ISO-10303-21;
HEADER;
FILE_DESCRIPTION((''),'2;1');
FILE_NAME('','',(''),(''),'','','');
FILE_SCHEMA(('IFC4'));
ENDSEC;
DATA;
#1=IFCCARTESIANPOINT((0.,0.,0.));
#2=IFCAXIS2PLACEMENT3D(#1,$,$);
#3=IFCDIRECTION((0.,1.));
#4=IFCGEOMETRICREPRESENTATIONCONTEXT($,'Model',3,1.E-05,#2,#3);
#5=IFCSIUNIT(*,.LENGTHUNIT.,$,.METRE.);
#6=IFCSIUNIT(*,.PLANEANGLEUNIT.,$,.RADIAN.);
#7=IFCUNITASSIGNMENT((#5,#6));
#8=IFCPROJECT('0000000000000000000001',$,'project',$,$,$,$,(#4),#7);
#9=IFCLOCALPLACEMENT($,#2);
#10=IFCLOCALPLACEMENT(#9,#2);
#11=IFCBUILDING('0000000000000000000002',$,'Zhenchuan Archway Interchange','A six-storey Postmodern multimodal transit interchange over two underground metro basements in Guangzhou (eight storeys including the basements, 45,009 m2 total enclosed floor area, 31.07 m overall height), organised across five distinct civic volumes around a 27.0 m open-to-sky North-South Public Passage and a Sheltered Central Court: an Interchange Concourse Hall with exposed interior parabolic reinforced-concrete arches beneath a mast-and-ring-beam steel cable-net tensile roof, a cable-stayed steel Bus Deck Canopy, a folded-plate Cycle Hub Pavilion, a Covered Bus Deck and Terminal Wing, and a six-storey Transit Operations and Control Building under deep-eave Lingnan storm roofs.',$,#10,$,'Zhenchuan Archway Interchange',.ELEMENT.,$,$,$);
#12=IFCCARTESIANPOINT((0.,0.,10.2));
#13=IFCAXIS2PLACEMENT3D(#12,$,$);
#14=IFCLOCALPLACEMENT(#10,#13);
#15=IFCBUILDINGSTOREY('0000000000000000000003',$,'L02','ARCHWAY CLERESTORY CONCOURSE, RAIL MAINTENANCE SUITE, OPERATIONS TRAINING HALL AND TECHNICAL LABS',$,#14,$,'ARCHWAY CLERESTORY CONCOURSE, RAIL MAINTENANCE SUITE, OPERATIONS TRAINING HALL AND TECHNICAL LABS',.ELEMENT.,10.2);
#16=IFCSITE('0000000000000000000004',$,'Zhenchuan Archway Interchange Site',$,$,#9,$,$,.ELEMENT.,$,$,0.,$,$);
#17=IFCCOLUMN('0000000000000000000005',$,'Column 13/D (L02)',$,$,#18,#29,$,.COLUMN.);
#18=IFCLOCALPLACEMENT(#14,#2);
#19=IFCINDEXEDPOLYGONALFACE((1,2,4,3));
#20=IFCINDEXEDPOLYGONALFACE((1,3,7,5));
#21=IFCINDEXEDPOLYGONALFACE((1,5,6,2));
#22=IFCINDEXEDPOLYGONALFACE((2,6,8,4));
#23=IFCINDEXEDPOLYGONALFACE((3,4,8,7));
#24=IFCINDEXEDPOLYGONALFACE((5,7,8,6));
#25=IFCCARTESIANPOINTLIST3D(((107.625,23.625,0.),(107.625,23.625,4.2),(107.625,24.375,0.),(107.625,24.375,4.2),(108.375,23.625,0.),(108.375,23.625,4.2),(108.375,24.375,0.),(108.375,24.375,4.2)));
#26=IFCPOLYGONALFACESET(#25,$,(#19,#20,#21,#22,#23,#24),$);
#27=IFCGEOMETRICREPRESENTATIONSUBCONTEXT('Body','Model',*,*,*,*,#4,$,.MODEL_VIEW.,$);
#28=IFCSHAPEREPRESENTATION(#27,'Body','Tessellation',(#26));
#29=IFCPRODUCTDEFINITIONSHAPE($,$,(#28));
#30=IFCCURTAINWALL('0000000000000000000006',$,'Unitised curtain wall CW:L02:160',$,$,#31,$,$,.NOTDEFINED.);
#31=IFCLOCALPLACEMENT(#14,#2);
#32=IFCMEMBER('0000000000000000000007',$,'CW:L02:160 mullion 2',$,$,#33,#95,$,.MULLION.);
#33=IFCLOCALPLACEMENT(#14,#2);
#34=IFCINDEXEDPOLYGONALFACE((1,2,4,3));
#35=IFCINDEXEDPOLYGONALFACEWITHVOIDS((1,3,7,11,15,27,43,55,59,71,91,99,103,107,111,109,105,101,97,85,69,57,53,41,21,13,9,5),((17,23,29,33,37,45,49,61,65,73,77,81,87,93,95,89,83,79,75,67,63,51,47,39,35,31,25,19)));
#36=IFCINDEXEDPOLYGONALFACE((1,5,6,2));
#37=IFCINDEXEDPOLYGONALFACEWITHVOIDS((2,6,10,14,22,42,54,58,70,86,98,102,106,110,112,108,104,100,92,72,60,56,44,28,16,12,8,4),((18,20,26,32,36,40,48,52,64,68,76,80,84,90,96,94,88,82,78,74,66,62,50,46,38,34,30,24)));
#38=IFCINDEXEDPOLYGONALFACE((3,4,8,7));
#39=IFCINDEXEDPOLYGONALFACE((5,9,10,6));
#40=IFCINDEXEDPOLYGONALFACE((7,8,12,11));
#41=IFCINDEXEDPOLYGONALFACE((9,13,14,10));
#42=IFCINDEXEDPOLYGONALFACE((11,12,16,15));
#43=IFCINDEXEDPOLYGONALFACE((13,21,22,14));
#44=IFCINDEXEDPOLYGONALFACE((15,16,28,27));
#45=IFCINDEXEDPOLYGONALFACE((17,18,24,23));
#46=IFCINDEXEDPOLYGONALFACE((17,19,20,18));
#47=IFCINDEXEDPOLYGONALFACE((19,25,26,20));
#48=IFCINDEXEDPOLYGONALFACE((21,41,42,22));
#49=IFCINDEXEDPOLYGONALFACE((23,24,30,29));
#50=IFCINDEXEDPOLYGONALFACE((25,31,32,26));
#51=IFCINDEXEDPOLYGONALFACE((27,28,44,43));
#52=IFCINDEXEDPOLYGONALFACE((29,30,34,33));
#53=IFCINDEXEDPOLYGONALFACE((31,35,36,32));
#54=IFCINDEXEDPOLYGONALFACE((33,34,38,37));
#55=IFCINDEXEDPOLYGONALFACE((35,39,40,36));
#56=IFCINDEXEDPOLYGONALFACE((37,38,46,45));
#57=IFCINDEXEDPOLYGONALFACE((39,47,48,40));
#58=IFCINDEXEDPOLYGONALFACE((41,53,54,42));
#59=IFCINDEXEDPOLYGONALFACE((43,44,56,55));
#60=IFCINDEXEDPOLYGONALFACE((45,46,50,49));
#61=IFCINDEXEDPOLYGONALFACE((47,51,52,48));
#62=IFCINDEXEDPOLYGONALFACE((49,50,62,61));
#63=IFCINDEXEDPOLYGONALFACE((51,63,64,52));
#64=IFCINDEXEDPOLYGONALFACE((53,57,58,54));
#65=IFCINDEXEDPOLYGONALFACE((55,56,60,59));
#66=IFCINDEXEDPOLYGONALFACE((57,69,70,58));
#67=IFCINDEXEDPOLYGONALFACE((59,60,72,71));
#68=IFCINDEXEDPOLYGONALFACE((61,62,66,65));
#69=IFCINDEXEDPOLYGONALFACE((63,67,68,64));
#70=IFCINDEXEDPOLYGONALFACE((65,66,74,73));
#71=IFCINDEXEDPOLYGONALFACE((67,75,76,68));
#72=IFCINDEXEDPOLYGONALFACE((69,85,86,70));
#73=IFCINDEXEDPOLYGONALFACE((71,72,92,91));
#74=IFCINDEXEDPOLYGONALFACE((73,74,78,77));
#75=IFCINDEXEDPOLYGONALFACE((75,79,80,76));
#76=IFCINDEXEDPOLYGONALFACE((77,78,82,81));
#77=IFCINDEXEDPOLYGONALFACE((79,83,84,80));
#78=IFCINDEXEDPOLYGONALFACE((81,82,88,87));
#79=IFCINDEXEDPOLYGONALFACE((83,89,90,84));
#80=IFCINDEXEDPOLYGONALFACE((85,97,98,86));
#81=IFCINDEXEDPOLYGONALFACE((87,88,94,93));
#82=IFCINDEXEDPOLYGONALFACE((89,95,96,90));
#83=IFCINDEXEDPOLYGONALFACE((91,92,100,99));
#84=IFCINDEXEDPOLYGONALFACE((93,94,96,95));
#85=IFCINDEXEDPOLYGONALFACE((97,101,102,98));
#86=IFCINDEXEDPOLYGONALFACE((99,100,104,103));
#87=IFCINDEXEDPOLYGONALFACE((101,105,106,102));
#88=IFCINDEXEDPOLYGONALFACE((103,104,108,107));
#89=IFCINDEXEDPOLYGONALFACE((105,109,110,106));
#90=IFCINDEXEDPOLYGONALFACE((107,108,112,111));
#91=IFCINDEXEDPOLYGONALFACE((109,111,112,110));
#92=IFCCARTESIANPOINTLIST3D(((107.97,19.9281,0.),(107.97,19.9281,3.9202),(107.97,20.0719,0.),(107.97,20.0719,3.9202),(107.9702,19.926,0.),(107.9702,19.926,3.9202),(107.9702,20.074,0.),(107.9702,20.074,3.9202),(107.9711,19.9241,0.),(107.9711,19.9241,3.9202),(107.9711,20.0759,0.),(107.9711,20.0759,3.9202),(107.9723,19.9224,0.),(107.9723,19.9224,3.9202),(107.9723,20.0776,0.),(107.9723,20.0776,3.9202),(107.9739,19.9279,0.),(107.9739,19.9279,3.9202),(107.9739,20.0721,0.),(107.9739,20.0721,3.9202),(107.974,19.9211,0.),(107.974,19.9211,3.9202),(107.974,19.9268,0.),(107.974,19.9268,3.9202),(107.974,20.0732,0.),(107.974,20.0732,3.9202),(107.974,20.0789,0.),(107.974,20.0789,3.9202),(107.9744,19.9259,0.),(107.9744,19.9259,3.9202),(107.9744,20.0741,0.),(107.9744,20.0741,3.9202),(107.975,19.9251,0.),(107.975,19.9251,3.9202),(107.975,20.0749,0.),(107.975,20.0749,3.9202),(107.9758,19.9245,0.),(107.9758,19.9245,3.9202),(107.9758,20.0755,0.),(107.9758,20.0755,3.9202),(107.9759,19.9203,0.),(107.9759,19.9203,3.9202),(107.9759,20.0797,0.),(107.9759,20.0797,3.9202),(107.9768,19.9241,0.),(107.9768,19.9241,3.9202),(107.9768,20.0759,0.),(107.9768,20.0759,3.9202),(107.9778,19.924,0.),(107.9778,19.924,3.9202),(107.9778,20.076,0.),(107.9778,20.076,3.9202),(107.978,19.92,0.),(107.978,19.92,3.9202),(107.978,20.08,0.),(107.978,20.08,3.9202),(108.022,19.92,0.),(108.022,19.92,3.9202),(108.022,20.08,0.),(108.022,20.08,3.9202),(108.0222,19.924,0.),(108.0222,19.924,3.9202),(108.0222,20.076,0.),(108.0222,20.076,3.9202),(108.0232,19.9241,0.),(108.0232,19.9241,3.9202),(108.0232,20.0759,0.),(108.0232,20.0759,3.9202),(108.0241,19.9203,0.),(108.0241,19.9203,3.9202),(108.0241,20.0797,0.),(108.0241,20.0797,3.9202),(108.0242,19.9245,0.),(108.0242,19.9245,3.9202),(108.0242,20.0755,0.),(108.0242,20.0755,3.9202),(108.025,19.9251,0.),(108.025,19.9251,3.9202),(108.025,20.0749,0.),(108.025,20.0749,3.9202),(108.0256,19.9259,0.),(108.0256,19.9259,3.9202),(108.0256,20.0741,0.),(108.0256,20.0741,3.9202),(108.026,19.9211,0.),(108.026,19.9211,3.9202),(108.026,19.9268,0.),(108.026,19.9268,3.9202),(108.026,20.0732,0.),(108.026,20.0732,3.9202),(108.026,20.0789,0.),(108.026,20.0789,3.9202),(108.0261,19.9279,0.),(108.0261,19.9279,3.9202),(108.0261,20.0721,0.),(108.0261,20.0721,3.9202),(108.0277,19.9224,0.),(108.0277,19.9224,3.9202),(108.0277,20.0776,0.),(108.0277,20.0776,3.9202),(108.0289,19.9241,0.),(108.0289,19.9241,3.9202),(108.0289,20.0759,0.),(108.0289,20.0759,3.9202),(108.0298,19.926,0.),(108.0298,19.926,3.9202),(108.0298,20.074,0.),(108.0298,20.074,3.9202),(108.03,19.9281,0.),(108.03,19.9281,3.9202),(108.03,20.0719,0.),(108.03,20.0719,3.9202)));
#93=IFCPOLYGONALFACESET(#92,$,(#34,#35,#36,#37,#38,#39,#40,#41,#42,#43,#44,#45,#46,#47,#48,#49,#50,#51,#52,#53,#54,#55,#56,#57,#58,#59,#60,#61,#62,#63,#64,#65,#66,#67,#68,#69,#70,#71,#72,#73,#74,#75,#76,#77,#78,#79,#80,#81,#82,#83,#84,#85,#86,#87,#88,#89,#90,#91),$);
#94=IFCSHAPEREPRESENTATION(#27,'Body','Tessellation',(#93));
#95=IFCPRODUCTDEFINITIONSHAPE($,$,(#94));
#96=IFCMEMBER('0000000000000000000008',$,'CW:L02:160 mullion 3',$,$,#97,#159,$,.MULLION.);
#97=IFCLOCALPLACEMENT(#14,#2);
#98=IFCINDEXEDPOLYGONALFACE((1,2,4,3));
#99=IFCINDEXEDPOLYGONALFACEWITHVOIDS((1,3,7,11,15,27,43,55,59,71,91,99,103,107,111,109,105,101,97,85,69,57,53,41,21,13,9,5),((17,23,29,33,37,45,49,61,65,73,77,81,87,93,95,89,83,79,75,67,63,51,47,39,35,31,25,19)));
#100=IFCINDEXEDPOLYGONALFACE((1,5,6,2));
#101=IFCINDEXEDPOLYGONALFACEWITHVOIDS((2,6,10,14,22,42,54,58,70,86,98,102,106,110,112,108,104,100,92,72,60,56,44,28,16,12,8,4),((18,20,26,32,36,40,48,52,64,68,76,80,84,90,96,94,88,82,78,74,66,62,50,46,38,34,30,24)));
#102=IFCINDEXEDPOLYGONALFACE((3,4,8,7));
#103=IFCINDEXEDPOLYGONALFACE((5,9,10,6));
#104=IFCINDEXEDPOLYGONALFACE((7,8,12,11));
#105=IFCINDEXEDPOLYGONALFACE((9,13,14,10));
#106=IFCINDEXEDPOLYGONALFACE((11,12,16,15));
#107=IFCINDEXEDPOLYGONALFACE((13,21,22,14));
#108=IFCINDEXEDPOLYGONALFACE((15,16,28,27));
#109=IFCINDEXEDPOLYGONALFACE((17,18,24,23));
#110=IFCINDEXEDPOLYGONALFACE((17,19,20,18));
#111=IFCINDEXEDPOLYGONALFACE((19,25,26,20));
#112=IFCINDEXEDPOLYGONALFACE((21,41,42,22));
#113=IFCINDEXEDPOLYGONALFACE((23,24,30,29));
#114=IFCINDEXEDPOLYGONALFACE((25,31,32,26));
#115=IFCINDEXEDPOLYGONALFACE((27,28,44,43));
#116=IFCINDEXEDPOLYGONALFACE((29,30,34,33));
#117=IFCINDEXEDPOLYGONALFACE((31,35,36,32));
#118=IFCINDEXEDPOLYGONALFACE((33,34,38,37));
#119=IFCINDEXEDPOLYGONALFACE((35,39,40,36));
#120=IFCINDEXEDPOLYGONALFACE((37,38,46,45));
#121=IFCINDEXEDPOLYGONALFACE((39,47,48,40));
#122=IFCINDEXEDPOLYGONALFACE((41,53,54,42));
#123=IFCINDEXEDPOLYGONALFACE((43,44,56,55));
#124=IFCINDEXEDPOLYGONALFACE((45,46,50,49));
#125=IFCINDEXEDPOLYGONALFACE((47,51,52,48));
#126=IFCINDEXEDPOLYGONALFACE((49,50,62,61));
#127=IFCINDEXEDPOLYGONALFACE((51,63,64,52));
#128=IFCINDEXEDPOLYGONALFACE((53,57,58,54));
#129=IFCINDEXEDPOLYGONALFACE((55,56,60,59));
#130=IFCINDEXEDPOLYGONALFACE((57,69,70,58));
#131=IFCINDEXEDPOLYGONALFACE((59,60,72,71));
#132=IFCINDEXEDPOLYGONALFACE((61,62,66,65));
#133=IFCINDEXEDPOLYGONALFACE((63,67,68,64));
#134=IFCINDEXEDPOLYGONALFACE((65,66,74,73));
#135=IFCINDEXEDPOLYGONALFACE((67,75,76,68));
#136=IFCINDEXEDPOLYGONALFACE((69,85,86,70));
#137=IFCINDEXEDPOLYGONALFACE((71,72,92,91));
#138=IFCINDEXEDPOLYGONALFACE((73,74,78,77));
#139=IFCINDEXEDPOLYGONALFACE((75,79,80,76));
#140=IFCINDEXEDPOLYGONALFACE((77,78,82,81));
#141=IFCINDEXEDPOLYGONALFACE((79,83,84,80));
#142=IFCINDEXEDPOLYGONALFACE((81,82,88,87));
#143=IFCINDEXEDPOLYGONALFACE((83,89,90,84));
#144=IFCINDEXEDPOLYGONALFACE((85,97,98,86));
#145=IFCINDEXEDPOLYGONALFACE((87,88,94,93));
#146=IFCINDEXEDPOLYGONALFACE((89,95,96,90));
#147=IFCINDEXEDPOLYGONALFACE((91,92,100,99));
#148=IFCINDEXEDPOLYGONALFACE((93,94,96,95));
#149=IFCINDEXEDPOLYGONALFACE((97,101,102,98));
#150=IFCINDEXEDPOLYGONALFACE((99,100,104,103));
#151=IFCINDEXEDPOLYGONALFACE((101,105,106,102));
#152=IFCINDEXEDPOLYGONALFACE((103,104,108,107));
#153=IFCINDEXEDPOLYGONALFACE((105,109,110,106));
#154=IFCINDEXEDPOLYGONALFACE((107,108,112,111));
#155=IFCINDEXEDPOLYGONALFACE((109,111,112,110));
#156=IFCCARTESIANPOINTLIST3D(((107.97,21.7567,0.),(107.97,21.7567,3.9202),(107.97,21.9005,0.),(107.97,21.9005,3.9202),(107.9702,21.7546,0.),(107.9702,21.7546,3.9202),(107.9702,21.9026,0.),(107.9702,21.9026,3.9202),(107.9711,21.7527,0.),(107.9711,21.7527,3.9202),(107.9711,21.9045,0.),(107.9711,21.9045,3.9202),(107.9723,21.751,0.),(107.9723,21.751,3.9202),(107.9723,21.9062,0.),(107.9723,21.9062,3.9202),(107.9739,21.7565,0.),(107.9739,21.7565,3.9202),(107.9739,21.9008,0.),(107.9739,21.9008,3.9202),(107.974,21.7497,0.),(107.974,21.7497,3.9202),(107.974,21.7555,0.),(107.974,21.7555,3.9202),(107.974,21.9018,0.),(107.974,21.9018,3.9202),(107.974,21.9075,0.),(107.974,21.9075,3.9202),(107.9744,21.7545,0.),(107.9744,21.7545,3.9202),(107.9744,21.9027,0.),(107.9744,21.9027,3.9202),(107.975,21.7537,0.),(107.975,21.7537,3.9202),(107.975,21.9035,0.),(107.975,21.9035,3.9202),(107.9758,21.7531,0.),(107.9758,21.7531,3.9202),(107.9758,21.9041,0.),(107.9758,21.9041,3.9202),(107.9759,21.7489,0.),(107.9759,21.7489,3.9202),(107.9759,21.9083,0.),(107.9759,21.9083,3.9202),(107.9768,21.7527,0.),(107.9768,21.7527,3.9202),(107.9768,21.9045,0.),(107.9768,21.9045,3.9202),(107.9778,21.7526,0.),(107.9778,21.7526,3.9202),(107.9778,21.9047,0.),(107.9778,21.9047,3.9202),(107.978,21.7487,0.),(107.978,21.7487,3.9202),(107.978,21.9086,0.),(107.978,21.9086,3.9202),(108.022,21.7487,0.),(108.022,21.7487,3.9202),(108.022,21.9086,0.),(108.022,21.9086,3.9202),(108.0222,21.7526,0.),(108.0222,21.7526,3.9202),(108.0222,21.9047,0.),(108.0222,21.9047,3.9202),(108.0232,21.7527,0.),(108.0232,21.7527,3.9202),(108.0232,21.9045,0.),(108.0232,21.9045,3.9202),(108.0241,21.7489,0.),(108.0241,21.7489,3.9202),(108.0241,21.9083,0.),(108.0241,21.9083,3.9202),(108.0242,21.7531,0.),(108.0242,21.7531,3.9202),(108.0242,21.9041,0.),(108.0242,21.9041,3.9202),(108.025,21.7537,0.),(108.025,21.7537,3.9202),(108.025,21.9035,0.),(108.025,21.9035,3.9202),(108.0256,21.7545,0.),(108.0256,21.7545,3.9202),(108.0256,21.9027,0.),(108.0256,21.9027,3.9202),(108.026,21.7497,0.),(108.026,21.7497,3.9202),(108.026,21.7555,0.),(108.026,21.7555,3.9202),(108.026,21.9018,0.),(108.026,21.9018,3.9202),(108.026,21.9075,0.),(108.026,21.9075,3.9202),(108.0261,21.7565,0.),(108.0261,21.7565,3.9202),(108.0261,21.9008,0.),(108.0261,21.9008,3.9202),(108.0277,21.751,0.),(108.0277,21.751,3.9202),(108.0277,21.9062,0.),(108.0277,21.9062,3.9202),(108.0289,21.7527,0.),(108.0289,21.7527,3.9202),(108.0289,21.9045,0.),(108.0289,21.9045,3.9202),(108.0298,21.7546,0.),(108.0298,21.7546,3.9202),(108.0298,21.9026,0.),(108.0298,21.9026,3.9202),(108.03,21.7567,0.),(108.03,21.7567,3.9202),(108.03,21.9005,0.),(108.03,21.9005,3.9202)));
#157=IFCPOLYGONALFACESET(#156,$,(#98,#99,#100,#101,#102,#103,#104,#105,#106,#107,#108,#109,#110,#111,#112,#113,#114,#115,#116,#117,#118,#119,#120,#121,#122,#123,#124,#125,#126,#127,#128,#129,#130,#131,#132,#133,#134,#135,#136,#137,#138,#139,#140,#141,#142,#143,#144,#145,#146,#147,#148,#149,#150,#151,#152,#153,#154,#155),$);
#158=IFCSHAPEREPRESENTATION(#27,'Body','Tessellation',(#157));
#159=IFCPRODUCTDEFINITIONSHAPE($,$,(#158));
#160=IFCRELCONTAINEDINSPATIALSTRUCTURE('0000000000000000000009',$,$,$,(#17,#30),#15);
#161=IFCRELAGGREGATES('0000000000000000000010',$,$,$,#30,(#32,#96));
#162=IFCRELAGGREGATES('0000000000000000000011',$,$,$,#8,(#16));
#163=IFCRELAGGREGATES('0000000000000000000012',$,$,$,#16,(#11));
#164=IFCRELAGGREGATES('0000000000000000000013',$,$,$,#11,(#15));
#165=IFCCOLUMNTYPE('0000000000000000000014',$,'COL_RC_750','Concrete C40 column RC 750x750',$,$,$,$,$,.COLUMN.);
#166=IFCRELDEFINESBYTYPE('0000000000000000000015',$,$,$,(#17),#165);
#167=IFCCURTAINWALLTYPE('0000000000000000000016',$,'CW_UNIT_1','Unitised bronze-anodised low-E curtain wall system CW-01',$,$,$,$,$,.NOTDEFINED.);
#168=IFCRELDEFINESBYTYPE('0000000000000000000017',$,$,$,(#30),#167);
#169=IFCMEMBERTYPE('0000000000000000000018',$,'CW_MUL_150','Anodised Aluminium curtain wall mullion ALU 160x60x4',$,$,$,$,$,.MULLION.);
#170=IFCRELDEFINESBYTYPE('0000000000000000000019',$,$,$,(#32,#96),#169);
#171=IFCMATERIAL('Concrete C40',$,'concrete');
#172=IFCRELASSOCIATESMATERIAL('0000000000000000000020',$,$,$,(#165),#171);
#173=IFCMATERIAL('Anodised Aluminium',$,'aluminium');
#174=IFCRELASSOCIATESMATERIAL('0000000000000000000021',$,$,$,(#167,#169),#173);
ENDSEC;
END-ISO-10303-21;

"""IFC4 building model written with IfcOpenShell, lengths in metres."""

from ifc_helpers import new_model, si_unit, direction, frame, origin, origin_2d, place, context, subcontext, project, spatial, rectangle, hollow_rectangle, extrude, material, material_profile, profile_set, type_object, element, aggregate, save


model = new_model("IFC4")

# Units and contexts
model_context = context("Model", 3, precision=1e-05, world=origin(), true_north=direction((0.0, 1.0)))
body_context = subcontext(model_context, "Body", "Model", "MODEL_VIEW")
ifc_project = project(units=[si_unit("LENGTHUNIT", "METRE"), si_unit("PLANEANGLEUNIT", "RADIAN")], contexts=[model_context])

# Site, building, storey
site_placement = place(None, origin())
site = spatial("IfcSite", under=ifc_project, at=site_placement, Name="Zhenchuan Archway Interchange Site", CompositionType="ELEMENT", RefElevation=0.0)
building_placement = place(site_placement, origin())
building = spatial("IfcBuilding", under=site, at=building_placement, Name="Zhenchuan Archway Interchange", Description="A six-storey Postmodern multimodal transit interchange over two underground metro basements in Guangzhou (eight storeys including the basements, 45,009 m2 total enclosed floor area, 31.07 m overall height), organised across five distinct civic volumes around a 27.0 m open-to-sky North-South Public Passage and a Sheltered Central Court: an Interchange Concourse Hall with exposed interior parabolic reinforced-concrete arches beneath a mast-and-ring-beam steel cable-net tensile roof, a cable-stayed steel Bus Deck Canopy, a folded-plate Cycle Hub Pavilion, a Covered Bus Deck and Terminal Wing, and a six-storey Transit Operations and Control Building under deep-eave Lingnan storm roofs.", LongName="Zhenchuan Archway Interchange", CompositionType="ELEMENT")
storey_placement = place(building_placement, frame((0.0, 0.0, 10.2)))
storey = spatial("IfcBuildingStorey", under=building, at=storey_placement, Name="L02", Description="ARCHWAY CLERESTORY CONCOURSE, RAIL MAINTENANCE SUITE, OPERATIONS TRAINING HALL AND TECHNICAL LABS", LongName="ARCHWAY CLERESTORY CONCOURSE, RAIL MAINTENANCE SUITE, OPERATIONS TRAINING HALL AND TECHNICAL LABS", CompositionType="ELEMENT", Elevation=10.2)

# Column
ifc_material_1 = material(Name="Concrete C40", Category="concrete")
ifc_material_profile_1 = material_profile(ifc_material_1, rectangle(XDim=0.75, YDim=0.75, at=origin_2d()), Name="RC 750x750")
ifc_profile_set_1 = profile_set([ifc_material_profile_1], Name="Concrete C40")
column_type = type_object("IfcColumnType", Name="COL_RC_750", Description="Concrete C40 column RC 750x750", PredefinedType="COLUMN", material=ifc_profile_set_1)
column_placement = place(storey_placement, frame((108.0, 24.0, 0.0), z_axis=(0.0, 0.0, 1.0), x_axis=(1.0, 0.0, 0.0)))
element("IfcColumn", 1, at=column_placement, inside=storey, type_object=column_type, Name="Column 13/D (L02)", PredefinedType="COLUMN", context=body_context, shape_type="SweptSolid", body=[
    extrude(rectangle(XDim=0.75, YDim=0.75, at=origin_2d()), origin(), (0.0, 0.0, 1.0), 4.2),
])

# Curtain wall, members
ifc_material_2 = material(Name="Anodised Aluminium", Category="aluminium")
curtain_wall_type = type_object("IfcCurtainWallType", Name="CW_UNIT_1", Description="Unitised bronze-anodised low-E curtain wall system CW-01", PredefinedType="NOTDEFINED", material=ifc_material_2)
curtain_wall_placement = place(storey_placement, origin())
curtain_wall = element("IfcCurtainWall", 2, at=curtain_wall_placement, inside=storey, type_object=curtain_wall_type, Name="Unitised curtain wall CW:L02:160", PredefinedType="NOTDEFINED")
ifc_material_profile_2 = material_profile(ifc_material_2, hollow_rectangle(XDim=0.0601, YDim=0.1599, WallThickness=0.0039, InnerFilletRadius=0.0039, OuterFilletRadius=0.0081, at=origin_2d()), Name="ALU 160x60x4")
ifc_profile_set_2 = profile_set([ifc_material_profile_2], Name="Anodised Aluminium")
member_type_1 = type_object("IfcMemberType", Name="CW_MUL_150", Description="Anodised Aluminium curtain wall mullion ALU 160x60x4", PredefinedType="MULLION", material=ifc_profile_set_2)
member_1_placement = place(storey_placement, frame((108.0, 20.0, 0.0), z_axis=(0.0, 0.0, 1.0), x_axis=(1.0, 0.0, 0.0)))
member_1 = element("IfcMember", 3, at=member_1_placement, type_object=member_type_1, Name="CW:L02:160 mullion 2", PredefinedType="MULLION", context=body_context, shape_type="SweptSolid", body=[
    extrude(hollow_rectangle(XDim=0.0601, YDim=0.1599, WallThickness=0.0039, InnerFilletRadius=0.0039, OuterFilletRadius=0.0081, at=origin_2d()), origin(), (0.0, 0.0, 1.0), 3.9202),
])
member_2_placement = place(storey_placement, frame((108.0, 21.8286, 0.0), z_axis=(0.0, 0.0, 1.0), x_axis=(1.0, 0.0, 0.0)))
member_2 = element("IfcMember", 4, at=member_2_placement, type_object=member_type_1, Name="CW:L02:160 mullion 3", PredefinedType="MULLION", context=body_context, shape_type="SweptSolid", body=[
    extrude(hollow_rectangle(XDim=0.0601, YDim=0.1599, WallThickness=0.0039, InnerFilletRadius=0.0039, OuterFilletRadius=0.0081, at=origin_2d()), origin(), (0.0, 0.0, 1.0), 3.9202),
])

aggregate(curtain_wall, [member_1, member_2])

save(model, "model.ifc")
